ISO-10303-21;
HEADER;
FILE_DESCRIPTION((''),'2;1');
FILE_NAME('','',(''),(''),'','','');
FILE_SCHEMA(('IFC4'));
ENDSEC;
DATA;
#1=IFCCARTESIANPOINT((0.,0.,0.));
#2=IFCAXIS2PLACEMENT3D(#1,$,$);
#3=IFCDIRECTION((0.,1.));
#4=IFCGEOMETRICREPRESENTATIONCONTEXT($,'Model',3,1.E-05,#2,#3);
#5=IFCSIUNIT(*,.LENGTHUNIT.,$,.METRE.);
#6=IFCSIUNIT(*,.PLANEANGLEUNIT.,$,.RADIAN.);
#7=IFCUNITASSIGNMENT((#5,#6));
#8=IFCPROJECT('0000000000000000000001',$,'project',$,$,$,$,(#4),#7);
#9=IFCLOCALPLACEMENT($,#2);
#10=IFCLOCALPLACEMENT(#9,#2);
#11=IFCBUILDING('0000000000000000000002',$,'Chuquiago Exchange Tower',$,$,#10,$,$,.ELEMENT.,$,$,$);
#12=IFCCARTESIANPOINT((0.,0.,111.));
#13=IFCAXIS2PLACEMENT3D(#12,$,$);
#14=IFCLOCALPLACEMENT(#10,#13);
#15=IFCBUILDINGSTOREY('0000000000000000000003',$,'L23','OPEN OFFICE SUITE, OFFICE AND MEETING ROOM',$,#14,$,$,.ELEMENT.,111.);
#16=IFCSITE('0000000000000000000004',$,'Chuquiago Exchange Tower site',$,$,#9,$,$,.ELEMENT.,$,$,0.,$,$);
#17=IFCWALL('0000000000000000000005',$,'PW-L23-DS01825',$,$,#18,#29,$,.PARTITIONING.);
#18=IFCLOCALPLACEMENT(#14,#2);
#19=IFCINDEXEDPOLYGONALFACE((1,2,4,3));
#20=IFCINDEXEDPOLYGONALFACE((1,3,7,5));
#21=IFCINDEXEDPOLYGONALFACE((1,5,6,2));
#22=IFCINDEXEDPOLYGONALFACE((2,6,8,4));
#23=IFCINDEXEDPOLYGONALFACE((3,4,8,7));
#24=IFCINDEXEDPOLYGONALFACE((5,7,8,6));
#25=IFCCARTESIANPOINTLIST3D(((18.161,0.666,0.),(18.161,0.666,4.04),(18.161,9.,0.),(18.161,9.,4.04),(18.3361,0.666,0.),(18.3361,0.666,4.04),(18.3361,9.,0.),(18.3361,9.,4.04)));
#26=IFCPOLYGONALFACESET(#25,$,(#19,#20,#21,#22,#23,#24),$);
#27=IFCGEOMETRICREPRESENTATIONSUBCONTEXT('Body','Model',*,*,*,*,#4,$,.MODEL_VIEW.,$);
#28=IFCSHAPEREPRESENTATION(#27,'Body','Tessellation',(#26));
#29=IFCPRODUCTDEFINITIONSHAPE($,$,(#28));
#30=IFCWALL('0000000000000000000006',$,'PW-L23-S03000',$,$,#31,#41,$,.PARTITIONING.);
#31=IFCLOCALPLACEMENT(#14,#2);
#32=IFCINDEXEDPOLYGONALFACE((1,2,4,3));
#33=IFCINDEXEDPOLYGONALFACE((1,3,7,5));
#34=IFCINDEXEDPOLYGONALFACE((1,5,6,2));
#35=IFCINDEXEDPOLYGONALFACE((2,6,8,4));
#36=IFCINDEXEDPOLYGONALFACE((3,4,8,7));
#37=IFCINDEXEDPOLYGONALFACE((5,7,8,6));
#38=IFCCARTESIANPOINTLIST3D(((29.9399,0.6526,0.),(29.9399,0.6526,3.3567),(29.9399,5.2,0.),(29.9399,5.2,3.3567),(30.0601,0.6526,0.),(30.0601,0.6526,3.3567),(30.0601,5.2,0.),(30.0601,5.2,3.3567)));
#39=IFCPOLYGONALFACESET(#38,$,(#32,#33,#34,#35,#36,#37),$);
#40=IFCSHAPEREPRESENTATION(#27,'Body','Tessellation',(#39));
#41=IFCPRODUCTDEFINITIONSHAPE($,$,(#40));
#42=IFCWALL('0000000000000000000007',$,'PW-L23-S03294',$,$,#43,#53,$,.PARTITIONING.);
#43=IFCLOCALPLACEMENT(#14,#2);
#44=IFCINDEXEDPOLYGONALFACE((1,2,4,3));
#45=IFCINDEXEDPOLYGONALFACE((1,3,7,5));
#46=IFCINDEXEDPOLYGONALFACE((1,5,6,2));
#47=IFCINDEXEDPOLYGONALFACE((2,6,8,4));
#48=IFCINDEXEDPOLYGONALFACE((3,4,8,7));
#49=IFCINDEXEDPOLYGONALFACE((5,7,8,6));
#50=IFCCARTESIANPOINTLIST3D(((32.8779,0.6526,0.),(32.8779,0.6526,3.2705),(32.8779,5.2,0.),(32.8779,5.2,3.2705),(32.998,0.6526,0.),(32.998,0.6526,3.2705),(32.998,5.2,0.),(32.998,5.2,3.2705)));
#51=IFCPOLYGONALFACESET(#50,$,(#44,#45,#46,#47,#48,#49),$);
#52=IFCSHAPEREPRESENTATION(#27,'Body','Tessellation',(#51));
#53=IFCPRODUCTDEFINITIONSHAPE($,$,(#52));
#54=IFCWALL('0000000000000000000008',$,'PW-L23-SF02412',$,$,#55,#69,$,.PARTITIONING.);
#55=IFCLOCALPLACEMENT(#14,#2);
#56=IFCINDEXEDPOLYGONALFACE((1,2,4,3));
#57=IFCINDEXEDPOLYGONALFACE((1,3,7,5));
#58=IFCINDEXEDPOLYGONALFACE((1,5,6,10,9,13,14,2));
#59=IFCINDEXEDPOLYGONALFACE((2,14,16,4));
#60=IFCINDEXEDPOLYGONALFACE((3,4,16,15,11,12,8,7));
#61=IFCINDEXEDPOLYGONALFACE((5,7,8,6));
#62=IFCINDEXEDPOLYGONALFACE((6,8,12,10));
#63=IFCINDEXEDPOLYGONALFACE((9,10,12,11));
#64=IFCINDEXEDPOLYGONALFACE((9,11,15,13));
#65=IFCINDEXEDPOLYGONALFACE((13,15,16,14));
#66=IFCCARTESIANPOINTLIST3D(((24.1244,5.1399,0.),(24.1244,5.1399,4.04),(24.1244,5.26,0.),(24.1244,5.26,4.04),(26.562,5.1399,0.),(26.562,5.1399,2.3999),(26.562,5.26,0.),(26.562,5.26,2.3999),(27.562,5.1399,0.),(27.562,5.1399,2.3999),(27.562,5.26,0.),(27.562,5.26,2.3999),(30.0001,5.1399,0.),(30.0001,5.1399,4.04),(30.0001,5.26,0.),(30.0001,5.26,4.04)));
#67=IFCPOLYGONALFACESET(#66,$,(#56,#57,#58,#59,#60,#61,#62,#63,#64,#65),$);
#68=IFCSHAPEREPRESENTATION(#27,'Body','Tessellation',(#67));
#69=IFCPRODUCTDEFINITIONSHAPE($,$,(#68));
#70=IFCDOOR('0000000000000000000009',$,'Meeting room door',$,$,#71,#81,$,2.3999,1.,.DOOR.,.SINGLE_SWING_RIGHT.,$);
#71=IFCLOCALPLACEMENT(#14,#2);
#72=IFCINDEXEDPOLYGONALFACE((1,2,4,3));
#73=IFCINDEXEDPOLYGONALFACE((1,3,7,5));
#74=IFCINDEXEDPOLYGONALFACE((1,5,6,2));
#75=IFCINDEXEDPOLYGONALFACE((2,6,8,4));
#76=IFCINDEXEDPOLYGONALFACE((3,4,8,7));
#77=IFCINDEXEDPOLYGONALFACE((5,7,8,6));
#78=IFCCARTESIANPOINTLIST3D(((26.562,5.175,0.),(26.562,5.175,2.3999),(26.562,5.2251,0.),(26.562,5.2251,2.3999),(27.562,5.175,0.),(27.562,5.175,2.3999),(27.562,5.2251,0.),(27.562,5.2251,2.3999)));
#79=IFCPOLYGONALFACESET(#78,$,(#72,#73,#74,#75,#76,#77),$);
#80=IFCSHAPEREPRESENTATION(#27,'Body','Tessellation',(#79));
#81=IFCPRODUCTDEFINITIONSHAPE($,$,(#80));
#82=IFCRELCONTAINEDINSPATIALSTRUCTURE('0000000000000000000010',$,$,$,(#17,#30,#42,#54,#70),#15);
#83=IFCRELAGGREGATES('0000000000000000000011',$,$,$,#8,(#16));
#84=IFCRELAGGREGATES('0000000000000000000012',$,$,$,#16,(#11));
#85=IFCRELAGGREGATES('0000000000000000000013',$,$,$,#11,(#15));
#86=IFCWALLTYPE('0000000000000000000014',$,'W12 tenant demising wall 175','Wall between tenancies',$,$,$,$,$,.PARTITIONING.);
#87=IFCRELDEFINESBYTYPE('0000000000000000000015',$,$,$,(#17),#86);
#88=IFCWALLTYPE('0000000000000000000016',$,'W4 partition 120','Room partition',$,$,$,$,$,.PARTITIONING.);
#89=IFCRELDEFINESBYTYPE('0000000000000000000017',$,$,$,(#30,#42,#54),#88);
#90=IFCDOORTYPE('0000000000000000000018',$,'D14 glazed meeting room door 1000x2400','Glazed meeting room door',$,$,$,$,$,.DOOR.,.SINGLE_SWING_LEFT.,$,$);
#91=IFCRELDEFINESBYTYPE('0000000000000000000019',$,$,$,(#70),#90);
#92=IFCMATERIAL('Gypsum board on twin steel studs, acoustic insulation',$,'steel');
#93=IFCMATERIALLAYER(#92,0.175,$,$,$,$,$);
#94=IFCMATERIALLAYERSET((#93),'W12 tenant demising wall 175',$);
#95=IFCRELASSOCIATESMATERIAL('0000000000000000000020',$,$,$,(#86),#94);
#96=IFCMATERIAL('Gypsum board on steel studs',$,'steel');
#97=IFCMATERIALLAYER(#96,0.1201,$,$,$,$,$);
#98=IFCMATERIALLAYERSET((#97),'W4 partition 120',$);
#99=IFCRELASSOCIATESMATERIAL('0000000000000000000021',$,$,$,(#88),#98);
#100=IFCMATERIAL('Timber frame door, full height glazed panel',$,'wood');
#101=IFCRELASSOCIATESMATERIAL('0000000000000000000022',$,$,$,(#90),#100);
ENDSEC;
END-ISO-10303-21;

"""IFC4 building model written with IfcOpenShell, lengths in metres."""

from ifc_helpers import new_model, si_unit, direction, frame, frame_2d, origin, place, context, subcontext, project, spatial, rectangle, extrude, material, layer, layer_set, type_object, element, fill, save


model = new_model("IFC4")

# Units and contexts
model_context = context("Model", 3, precision=1e-05, world=origin(), true_north=direction((0.0, 1.0)))
body_context = subcontext(model_context, "Body", "Model", "MODEL_VIEW")
ifc_project = project(units=[si_unit("LENGTHUNIT", "METRE"), si_unit("PLANEANGLEUNIT", "RADIAN")], contexts=[model_context])

# Site, building, storey
site_placement = place(None, origin())
site = spatial("IfcSite", under=ifc_project, at=site_placement, Name="Chuquiago Exchange Tower site", CompositionType="ELEMENT", RefElevation=0.0)
building_placement = place(site_placement, origin())
building = spatial("IfcBuilding", under=site, at=building_placement, Name="Chuquiago Exchange Tower", CompositionType="ELEMENT")
storey_placement = place(building_placement, frame((0.0, 0.0, 111.0)))
storey = spatial("IfcBuildingStorey", under=building, at=storey_placement, Name="L23", Description="OPEN OFFICE SUITE, OFFICE AND MEETING ROOM", CompositionType="ELEMENT", Elevation=111.0)

# Walls
ifc_material_1 = material(Name="Gypsum board on twin steel studs, acoustic insulation", Category="steel")
ifc_layer_1 = layer(ifc_material_1, 0.175)
ifc_layer_set_1 = layer_set([ifc_layer_1], Name="W12 tenant demising wall 175")
wall_type_1 = type_object("IfcWallType", Name="W12 tenant demising wall 175", Description="Wall between tenancies", PredefinedType="PARTITIONING", material=ifc_layer_set_1)
wall_1_placement = place(storey_placement, frame((18.2485, 0.666, 0.0), z_axis=(0.0, 0.0, 1.0), x_axis=(0.0, 1.0, 0.0)))
element("IfcWall", 1, at=wall_1_placement, inside=storey, type_object=wall_type_1, Name="PW-L23-DS01825", PredefinedType="PARTITIONING", context=body_context, shape_type="SweptSolid", body=[
    extrude(rectangle(XDim=8.334, YDim=0.175, at=frame_2d((4.167, 0.0))), origin(), (0.0, 0.0, 1.0), 4.04),
])
ifc_material_2 = material(Name="Gypsum board on steel studs", Category="steel")
ifc_layer_2 = layer(ifc_material_2, 0.1201)
ifc_layer_set_2 = layer_set([ifc_layer_2], Name="W4 partition 120")
wall_type_2 = type_object("IfcWallType", Name="W4 partition 120", Description="Room partition", PredefinedType="PARTITIONING", material=ifc_layer_set_2)
wall_2_placement = place(storey_placement, frame((30.0, 0.6526, 0.0), z_axis=(0.0, 0.0, 1.0), x_axis=(0.0, 1.0, 0.0)))
element("IfcWall", 2, at=wall_2_placement, inside=storey, type_object=wall_type_2, Name="PW-L23-S03000", PredefinedType="PARTITIONING", context=body_context, shape_type="SweptSolid", body=[
    extrude(rectangle(XDim=4.5474, YDim=0.1201, at=frame_2d((2.2737, 0.0))), origin(), (0.0, 0.0, 1.0), 3.3567),
])
wall_3_placement = place(storey_placement, frame((32.938, 0.6526, 0.0), z_axis=(0.0, 0.0, 1.0), x_axis=(0.0, 1.0, 0.0)))
element("IfcWall", 3, at=wall_3_placement, inside=storey, type_object=wall_type_2, Name="PW-L23-S03294", PredefinedType="PARTITIONING", context=body_context, shape_type="SweptSolid", body=[
    extrude(rectangle(XDim=4.5474, YDim=0.1201, at=frame_2d((2.2737, 0.0))), origin(), (0.0, 0.0, 1.0), 3.2705),
])

# Wall, opening, door
wall_4_placement = place(storey_placement, frame((24.1243, 5.2, 0.0), z_axis=(0.0, 0.0, 1.0), x_axis=(1.0, 0.0, 0.0)))
wall_4 = element("IfcWall", 4, at=wall_4_placement, inside=storey, type_object=wall_type_2, Name="PW-L23-SF02412", PredefinedType="PARTITIONING", context=body_context, shape_type="SweptSolid", body=[
    extrude(rectangle(XDim=5.8757, YDim=0.1201, at=frame_2d((2.938, 0.0))), origin(), (0.0, 0.0, 1.0), 4.04),
])
opening_1_placement = place(wall_4_placement, frame((2.4377, 0.0, 0.0)))
opening_1 = element("IfcOpeningElement", 5, at=opening_1_placement, cuts=wall_4, PredefinedType="OPENING", context=body_context, shape_type="SweptSolid", body=[
    extrude(rectangle(XDim=1.0, YDim=2.3999, at=frame_2d((0.5, 1.2))), frame((0.0, 0.0701, 0.0), z_axis=(0.0, -1.0, 0.0), x_axis=(1.0, 0.0, 0.0)), (0.0, 0.0, 1.0), 0.1401),
])
ifc_material_3 = material(Name="Timber frame door, full height glazed panel", Category="wood")
door_type_1 = type_object("IfcDoorType", Name="D14 glazed meeting room door 1000x2400", Description="Glazed meeting room door", OperationType="SINGLE_SWING_LEFT", PredefinedType="DOOR", material=ifc_material_3)
door_1_placement = place(opening_1_placement, frame((1.0, 0.0, 0.0), z_axis=(0.0, 0.0, 1.0), x_axis=(-1.0, 0.0, 0.0)))
door_1 = element("IfcDoor", 6, at=door_1_placement, inside=storey, type_object=door_type_1, Name="Meeting room door", OperationType="SINGLE_SWING_RIGHT", OverallHeight=2.3999, OverallWidth=1.0, PredefinedType="DOOR", context=body_context, shape_type="SweptSolid", body=[
    extrude(rectangle(XDim=1.0, YDim=2.3999, at=frame_2d((0.5, 1.2))), frame((0.0, 0.0249, 0.0), z_axis=(0.0, -1.0, 0.0), x_axis=(1.0, 0.0, 0.0)), (0.0, 0.0, 1.0), 0.05),
])
fill(opening_1, door_1)

save(model, "model.ifc")
